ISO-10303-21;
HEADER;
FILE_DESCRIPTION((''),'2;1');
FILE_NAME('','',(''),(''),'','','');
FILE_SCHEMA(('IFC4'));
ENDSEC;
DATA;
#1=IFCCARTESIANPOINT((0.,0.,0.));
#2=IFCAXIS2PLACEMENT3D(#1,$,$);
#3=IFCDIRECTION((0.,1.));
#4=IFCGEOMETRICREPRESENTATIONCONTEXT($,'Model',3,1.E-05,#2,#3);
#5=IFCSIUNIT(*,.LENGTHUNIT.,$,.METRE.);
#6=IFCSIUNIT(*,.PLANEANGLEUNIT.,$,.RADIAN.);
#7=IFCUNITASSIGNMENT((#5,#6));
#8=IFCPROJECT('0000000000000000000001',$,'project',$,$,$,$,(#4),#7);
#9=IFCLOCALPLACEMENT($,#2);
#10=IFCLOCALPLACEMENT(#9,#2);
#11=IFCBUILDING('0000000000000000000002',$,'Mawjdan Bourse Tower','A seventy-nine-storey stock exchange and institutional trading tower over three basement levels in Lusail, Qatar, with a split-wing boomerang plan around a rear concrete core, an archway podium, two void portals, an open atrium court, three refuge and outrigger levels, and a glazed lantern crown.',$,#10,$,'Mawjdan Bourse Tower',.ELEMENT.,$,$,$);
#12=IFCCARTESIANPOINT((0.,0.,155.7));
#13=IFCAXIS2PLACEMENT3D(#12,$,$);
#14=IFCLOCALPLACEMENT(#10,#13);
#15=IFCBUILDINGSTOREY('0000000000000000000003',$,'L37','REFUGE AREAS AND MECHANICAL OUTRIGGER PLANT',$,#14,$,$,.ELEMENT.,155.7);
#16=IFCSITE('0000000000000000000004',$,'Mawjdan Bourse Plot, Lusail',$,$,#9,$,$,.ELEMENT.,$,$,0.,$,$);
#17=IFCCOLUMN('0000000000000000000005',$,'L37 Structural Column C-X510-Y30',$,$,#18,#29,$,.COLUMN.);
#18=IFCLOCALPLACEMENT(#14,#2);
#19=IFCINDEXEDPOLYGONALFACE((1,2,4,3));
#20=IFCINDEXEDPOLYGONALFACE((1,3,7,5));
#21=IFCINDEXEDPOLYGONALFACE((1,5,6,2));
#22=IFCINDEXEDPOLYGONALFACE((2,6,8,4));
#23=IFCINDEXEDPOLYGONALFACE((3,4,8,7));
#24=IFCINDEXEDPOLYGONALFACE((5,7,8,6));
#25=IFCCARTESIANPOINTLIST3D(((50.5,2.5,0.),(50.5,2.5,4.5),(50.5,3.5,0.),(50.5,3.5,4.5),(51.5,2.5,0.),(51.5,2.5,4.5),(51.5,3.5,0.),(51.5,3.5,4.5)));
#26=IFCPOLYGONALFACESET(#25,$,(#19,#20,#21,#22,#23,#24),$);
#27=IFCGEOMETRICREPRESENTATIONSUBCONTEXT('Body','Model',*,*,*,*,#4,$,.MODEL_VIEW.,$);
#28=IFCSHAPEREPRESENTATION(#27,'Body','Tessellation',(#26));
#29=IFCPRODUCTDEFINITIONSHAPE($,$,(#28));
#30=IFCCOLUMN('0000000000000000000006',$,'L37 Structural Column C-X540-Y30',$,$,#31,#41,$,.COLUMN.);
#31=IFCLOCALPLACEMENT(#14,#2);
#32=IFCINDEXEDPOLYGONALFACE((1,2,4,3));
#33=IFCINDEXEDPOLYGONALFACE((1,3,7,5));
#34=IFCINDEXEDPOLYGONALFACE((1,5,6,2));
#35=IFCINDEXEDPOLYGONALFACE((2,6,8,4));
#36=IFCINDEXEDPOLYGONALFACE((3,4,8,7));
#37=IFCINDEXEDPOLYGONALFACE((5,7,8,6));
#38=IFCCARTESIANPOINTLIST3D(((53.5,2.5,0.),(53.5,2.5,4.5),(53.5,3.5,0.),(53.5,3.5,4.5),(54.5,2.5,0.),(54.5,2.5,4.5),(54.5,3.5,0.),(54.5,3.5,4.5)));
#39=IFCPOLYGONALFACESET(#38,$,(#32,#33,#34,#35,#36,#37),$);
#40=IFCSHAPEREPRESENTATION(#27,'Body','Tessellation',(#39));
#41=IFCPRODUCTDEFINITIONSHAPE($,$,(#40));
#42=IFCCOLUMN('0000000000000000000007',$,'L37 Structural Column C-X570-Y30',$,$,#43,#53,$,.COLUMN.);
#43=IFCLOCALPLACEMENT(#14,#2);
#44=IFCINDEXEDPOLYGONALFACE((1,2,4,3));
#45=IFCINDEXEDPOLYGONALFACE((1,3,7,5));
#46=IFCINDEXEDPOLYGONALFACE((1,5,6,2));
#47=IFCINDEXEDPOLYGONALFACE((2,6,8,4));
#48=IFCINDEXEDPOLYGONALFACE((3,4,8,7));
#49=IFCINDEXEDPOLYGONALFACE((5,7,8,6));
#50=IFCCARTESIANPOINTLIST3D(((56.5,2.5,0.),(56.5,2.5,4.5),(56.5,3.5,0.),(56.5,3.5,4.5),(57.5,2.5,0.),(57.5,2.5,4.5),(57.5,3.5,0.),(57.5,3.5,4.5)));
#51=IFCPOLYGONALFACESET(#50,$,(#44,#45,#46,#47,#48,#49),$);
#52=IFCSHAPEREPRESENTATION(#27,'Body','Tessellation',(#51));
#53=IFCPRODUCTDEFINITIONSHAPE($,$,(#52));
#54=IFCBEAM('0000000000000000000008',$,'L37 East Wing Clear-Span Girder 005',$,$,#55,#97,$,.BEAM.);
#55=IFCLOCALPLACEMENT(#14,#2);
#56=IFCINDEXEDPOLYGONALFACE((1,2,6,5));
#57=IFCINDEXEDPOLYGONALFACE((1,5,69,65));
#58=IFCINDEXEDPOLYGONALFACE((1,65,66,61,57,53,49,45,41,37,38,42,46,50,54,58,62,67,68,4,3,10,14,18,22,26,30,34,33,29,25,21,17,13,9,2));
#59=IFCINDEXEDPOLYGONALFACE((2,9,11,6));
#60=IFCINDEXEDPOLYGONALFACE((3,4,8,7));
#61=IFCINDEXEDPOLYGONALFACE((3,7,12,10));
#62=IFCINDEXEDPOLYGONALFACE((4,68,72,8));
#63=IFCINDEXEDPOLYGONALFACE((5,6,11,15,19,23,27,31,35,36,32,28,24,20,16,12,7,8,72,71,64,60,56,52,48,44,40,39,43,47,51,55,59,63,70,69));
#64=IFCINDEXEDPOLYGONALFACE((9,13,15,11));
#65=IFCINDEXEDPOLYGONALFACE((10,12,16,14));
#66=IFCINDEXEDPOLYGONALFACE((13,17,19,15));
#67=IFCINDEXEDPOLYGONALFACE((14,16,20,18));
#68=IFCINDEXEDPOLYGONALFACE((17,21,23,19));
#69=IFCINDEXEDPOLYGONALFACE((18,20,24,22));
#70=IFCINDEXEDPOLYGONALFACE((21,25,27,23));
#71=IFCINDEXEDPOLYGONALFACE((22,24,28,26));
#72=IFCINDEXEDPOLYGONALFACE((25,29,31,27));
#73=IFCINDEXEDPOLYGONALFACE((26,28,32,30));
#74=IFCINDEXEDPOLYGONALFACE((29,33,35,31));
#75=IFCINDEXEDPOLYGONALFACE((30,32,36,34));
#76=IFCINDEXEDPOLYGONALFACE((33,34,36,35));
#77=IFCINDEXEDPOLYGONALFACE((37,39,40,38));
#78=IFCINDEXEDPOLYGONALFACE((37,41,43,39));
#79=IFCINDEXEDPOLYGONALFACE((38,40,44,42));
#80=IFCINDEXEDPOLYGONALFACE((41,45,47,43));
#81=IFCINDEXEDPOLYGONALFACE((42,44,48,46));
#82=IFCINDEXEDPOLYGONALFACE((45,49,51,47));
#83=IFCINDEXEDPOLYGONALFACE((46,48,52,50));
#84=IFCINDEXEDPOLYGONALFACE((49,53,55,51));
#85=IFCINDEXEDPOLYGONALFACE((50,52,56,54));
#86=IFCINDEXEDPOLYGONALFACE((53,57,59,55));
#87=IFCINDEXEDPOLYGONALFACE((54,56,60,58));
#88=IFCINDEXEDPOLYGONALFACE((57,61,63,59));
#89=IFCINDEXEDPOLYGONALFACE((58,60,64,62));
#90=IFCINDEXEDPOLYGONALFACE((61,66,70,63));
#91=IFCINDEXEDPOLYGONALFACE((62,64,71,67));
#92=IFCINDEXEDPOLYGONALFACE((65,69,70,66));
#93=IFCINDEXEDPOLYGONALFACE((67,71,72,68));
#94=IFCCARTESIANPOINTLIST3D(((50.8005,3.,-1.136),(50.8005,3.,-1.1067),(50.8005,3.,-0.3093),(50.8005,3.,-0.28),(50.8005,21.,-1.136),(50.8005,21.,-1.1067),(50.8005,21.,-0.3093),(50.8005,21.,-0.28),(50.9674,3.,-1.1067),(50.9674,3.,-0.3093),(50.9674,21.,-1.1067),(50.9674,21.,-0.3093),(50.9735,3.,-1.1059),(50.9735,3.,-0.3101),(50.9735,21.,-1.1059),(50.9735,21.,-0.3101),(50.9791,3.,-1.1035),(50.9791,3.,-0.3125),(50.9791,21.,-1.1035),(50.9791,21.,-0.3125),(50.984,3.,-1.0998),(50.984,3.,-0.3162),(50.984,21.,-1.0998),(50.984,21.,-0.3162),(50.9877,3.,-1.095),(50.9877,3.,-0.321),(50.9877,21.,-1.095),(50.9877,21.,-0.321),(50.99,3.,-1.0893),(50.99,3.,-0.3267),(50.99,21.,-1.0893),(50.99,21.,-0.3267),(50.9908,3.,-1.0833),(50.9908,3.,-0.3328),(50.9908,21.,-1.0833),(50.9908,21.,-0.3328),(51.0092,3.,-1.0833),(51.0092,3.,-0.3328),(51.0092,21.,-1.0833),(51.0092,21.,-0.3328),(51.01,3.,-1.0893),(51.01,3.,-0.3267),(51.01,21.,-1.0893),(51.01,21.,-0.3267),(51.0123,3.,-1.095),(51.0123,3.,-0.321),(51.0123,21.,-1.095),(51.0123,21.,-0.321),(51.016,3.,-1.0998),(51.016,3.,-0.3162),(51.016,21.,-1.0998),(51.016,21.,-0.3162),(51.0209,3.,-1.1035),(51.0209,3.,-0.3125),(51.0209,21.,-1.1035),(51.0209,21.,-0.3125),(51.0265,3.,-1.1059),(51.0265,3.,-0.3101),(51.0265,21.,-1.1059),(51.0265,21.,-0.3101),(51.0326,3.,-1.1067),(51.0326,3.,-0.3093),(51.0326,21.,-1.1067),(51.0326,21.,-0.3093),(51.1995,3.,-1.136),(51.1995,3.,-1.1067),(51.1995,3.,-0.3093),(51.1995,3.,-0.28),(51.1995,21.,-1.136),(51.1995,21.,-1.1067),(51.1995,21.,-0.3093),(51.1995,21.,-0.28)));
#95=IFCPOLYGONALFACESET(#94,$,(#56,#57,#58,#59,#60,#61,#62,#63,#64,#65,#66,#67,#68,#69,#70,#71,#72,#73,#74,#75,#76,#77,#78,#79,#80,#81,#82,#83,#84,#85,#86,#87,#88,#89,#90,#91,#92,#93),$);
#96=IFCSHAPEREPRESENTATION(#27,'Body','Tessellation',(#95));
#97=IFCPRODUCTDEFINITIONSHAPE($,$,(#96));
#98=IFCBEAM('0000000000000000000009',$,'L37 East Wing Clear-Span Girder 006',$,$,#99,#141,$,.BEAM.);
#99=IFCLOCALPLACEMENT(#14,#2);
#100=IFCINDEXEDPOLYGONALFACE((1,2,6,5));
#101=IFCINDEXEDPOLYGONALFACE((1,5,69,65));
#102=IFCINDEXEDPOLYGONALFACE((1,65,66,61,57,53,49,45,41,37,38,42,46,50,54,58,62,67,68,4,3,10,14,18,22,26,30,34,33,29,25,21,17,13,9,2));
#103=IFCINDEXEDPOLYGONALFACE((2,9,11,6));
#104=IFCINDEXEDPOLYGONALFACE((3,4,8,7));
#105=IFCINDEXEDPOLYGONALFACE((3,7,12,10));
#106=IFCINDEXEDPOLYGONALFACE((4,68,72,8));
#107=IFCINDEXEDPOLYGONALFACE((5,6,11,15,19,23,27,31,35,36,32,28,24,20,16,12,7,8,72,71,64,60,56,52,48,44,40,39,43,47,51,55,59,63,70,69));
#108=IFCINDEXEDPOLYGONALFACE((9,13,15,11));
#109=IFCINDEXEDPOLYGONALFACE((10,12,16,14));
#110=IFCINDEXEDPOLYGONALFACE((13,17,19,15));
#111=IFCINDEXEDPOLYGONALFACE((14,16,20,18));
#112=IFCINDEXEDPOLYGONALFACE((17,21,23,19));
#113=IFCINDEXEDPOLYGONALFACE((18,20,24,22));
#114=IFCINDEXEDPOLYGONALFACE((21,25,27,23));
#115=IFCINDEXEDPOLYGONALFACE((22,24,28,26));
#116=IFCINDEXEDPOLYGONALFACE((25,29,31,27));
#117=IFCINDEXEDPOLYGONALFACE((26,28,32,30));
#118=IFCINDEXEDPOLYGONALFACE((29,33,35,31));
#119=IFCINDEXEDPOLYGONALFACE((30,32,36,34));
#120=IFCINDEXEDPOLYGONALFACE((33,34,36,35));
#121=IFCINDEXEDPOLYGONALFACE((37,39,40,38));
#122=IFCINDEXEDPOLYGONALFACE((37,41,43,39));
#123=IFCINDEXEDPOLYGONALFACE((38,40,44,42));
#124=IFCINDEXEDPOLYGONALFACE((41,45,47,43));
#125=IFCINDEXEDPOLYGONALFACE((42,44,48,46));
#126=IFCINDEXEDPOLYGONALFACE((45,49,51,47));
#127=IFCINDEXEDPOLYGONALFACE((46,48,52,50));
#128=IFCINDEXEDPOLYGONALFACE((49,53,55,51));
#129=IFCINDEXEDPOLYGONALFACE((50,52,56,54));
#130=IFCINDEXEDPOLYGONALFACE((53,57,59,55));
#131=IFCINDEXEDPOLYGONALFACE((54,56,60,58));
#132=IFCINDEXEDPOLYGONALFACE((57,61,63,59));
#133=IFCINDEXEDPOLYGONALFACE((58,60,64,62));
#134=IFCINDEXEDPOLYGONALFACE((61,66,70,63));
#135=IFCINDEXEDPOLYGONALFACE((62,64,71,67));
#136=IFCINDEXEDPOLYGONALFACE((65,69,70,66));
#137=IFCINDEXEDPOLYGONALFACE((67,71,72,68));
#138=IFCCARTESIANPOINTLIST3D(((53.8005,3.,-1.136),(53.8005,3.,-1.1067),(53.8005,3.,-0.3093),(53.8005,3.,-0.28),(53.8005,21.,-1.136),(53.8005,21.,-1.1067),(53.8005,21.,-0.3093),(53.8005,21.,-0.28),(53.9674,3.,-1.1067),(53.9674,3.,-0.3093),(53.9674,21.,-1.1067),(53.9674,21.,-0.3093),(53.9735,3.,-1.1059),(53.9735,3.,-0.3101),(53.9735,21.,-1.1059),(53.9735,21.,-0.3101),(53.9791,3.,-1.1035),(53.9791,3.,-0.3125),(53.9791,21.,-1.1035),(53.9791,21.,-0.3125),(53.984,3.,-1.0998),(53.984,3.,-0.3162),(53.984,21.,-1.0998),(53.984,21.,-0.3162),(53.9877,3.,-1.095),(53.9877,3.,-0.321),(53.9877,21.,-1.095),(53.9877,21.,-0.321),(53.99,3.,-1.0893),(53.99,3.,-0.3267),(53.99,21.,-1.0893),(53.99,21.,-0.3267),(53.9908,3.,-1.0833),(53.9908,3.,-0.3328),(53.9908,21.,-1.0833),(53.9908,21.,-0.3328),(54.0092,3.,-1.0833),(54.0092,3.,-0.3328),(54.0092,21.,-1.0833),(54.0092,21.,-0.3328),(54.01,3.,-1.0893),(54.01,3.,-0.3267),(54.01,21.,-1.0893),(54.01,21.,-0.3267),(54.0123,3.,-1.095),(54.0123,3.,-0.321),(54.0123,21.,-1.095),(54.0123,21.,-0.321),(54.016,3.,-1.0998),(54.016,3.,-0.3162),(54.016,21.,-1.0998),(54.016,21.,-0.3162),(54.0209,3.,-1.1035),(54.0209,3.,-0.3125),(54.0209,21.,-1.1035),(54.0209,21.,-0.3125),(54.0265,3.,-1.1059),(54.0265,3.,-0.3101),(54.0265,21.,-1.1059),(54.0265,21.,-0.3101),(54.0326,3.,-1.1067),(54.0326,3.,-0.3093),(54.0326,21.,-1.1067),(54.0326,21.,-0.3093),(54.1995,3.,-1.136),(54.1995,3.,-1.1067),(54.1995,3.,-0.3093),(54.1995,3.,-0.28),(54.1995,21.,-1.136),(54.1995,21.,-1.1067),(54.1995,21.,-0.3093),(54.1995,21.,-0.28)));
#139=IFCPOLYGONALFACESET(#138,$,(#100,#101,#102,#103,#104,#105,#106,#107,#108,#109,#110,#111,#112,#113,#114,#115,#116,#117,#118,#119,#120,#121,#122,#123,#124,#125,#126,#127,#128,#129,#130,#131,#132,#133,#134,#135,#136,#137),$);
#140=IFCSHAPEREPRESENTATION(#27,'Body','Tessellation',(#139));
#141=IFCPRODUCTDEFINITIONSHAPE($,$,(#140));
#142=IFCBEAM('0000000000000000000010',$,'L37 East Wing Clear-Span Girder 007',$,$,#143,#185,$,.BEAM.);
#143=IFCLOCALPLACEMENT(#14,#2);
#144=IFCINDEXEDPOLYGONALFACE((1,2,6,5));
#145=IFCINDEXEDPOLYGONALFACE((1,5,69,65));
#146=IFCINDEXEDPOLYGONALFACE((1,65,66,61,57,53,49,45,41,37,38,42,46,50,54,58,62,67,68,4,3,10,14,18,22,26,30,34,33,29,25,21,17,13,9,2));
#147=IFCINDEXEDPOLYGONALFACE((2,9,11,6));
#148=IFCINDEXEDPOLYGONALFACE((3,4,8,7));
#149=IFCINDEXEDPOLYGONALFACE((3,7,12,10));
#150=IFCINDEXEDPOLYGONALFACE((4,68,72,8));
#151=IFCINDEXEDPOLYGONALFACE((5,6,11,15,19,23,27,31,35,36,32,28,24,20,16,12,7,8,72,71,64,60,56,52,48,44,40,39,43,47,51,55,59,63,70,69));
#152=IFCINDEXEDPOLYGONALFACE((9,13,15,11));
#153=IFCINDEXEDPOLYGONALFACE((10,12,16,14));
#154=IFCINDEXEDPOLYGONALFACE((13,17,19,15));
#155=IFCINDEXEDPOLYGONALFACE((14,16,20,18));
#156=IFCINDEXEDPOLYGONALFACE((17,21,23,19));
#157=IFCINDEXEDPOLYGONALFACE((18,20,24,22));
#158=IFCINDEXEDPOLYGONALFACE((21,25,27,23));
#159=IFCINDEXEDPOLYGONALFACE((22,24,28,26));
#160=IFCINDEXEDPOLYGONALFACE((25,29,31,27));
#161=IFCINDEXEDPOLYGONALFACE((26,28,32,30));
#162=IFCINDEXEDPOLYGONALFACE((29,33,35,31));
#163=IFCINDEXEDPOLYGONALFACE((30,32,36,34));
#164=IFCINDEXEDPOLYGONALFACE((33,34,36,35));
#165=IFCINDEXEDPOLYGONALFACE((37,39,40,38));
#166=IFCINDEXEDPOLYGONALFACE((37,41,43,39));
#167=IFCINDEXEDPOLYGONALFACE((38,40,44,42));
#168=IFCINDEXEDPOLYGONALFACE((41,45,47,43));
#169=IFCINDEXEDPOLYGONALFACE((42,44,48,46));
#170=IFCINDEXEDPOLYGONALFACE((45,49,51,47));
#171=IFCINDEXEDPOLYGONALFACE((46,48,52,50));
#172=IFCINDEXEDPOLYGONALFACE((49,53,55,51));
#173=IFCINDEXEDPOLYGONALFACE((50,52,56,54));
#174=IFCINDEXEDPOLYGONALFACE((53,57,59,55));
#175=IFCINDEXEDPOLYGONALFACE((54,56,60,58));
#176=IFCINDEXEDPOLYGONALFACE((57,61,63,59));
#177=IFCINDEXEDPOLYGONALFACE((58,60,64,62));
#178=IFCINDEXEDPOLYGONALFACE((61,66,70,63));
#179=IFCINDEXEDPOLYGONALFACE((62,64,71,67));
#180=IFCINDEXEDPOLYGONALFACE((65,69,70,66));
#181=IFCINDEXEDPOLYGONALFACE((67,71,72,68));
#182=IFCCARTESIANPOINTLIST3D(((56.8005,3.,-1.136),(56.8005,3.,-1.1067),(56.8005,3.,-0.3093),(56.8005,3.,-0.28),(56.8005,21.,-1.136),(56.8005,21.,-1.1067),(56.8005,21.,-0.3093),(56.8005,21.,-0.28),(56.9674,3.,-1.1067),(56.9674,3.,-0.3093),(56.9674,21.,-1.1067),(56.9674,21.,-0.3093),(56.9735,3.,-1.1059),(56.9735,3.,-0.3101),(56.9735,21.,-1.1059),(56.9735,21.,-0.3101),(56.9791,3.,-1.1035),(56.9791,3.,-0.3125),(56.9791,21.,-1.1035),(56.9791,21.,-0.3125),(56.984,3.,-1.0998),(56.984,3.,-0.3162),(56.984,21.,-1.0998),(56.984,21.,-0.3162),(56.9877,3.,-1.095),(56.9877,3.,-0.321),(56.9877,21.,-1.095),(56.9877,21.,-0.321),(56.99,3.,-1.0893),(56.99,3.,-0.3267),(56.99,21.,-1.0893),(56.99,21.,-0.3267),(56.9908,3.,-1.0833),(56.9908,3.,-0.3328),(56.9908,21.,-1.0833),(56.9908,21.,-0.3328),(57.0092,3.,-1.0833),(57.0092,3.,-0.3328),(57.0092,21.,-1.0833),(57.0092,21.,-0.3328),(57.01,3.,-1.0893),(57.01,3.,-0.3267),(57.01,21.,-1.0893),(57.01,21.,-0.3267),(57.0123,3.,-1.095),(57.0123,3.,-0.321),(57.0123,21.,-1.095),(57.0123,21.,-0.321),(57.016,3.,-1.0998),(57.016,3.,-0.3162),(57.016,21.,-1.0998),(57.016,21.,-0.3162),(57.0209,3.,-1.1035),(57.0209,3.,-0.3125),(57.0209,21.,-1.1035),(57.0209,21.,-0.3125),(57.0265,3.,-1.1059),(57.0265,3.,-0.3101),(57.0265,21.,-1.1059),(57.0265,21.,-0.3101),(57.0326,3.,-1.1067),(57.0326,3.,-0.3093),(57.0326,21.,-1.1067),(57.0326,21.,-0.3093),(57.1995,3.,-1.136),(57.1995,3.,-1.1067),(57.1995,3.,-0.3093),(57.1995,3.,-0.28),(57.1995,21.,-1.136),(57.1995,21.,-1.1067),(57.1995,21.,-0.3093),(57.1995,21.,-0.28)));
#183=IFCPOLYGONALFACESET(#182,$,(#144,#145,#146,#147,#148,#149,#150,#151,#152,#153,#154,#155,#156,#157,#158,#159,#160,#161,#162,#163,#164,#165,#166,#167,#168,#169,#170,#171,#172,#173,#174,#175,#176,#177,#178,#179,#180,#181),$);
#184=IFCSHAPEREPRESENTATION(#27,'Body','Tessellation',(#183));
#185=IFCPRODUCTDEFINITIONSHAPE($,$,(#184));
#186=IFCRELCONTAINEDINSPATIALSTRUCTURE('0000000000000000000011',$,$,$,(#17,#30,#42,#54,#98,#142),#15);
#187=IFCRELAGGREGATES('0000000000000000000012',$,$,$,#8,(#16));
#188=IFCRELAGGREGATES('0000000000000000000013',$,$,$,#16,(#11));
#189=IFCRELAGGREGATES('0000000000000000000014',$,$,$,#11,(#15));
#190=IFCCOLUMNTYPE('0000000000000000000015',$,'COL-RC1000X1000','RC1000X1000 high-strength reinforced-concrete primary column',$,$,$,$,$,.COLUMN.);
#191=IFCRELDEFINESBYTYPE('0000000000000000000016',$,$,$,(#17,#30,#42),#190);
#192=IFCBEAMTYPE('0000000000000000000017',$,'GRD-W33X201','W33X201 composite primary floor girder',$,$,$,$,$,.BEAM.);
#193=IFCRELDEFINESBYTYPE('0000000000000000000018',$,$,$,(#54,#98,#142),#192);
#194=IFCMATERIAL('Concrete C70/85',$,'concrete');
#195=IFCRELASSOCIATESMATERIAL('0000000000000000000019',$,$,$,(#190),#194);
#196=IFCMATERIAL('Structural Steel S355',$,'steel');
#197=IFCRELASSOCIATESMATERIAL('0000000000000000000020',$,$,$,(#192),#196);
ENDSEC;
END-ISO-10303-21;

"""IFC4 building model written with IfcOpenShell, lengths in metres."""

from ifc_helpers import new_model, si_unit, direction, frame, origin, origin_2d, place, context, subcontext, project, spatial, rectangle, i_section, extrude, material, material_profile, profile_set, type_object, element, save


model = new_model("IFC4")

# Units and contexts
model_context = context("Model", 3, precision=1e-05, world=origin(), true_north=direction((0.0, 1.0)))
body_context = subcontext(model_context, "Body", "Model", "MODEL_VIEW")
ifc_project = project(units=[si_unit("LENGTHUNIT", "METRE"), si_unit("PLANEANGLEUNIT", "RADIAN")], contexts=[model_context])

# Site, building, storey
site_placement = place(None, origin())
site = spatial("IfcSite", under=ifc_project, at=site_placement, Name="Mawjdan Bourse Plot, Lusail", CompositionType="ELEMENT", RefElevation=0.0)
building_placement = place(site_placement, origin())
building = spatial("IfcBuilding", under=site, at=building_placement, Name="Mawjdan Bourse Tower", Description="A seventy-nine-storey stock exchange and institutional trading tower over three basement levels in Lusail, Qatar, with a split-wing boomerang plan around a rear concrete core, an archway podium, two void portals, an open atrium court, three refuge and outrigger levels, and a glazed lantern crown.", LongName="Mawjdan Bourse Tower", CompositionType="ELEMENT")
storey_placement = place(building_placement, frame((0.0, 0.0, 155.7)))
storey = spatial("IfcBuildingStorey", under=building, at=storey_placement, Name="L37", Description="REFUGE AREAS AND MECHANICAL OUTRIGGER PLANT", CompositionType="ELEMENT", Elevation=155.7)

# Columns
ifc_material_1 = material(Name="Concrete C70/85", Category="concrete")
ifc_material_profile_1 = material_profile(ifc_material_1, rectangle(XDim=1.0, YDim=1.0, at=origin_2d()), Name="RC1000X1000")
ifc_profile_set_1 = profile_set([ifc_material_profile_1], Name="Concrete C70/85")
column_type = type_object("IfcColumnType", Name="COL-RC1000X1000", Description="RC1000X1000 high-strength reinforced-concrete primary column", PredefinedType="COLUMN", material=ifc_profile_set_1)
for number, where, z_axis, x_axis, name in (
    (1, (51.0, 3.0, 0.0), (0.0, 0.0, 1.0), (1.0, 0.0, 0.0), "L37 Structural Column C-X510-Y30"),
    (2, (54.0, 3.0, 0.0), (0.0, 0.0, 1.0), (1.0, 0.0, 0.0), "L37 Structural Column C-X540-Y30"),
    (3, (57.0, 3.0, 0.0), (0.0, 0.0, 1.0), (1.0, 0.0, 0.0), "L37 Structural Column C-X570-Y30"),
):
    element("IfcColumn", number, at=place(storey_placement, frame(where, z_axis=z_axis, x_axis=x_axis)), inside=storey, type_object=column_type, Name=name, PredefinedType="COLUMN", context=body_context, shape_type="SweptSolid", body=[
        extrude(rectangle(XDim=1.0, YDim=1.0, at=origin_2d()), origin(), (0.0, 0.0, 1.0), 4.5),
    ])

# Beams
ifc_material_2 = material(Name="Structural Steel S355", Category="steel")
ifc_material_profile_2 = material_profile(ifc_material_2, i_section(OverallWidth=0.3989, OverallDepth=0.856, WebThickness=0.0183, FlangeThickness=0.0293, FilletRadius=0.0234, at=origin_2d()), Name="W33X201")
ifc_profile_set_2 = profile_set([ifc_material_profile_2], Name="Structural Steel S355")
beam_type_1 = type_object("IfcBeamType", Name="GRD-W33X201", Description="W33X201 composite primary floor girder", PredefinedType="BEAM", material=ifc_profile_set_2)
for number, where, z_axis, x_axis, name in (
    (4, (51.0, 3.0, -0.708), (0.0, 1.0, 0.0), (-1.0, 0.0, 0.0), "L37 East Wing Clear-Span Girder 005"),
    (5, (54.0, 3.0, -0.708), (0.0, 1.0, 0.0), (-1.0, 0.0, 0.0), "L37 East Wing Clear-Span Girder 006"),
    (6, (57.0, 3.0, -0.708), (0.0, 1.0, 0.0), (-1.0, 0.0, 0.0), "L37 East Wing Clear-Span Girder 007"),
):
    element("IfcBeam", number, at=place(storey_placement, frame(where, z_axis=z_axis, x_axis=x_axis)), inside=storey, type_object=beam_type_1, Name=name, PredefinedType="BEAM", context=body_context, shape_type="SweptSolid", body=[
        extrude(i_section(OverallWidth=0.3989, OverallDepth=0.856, WebThickness=0.0183, FlangeThickness=0.0293, FilletRadius=0.0234, at=origin_2d()), origin(), (0.0, 0.0, 1.0), 18.0),
    ])

save(model, "model.ifc")
